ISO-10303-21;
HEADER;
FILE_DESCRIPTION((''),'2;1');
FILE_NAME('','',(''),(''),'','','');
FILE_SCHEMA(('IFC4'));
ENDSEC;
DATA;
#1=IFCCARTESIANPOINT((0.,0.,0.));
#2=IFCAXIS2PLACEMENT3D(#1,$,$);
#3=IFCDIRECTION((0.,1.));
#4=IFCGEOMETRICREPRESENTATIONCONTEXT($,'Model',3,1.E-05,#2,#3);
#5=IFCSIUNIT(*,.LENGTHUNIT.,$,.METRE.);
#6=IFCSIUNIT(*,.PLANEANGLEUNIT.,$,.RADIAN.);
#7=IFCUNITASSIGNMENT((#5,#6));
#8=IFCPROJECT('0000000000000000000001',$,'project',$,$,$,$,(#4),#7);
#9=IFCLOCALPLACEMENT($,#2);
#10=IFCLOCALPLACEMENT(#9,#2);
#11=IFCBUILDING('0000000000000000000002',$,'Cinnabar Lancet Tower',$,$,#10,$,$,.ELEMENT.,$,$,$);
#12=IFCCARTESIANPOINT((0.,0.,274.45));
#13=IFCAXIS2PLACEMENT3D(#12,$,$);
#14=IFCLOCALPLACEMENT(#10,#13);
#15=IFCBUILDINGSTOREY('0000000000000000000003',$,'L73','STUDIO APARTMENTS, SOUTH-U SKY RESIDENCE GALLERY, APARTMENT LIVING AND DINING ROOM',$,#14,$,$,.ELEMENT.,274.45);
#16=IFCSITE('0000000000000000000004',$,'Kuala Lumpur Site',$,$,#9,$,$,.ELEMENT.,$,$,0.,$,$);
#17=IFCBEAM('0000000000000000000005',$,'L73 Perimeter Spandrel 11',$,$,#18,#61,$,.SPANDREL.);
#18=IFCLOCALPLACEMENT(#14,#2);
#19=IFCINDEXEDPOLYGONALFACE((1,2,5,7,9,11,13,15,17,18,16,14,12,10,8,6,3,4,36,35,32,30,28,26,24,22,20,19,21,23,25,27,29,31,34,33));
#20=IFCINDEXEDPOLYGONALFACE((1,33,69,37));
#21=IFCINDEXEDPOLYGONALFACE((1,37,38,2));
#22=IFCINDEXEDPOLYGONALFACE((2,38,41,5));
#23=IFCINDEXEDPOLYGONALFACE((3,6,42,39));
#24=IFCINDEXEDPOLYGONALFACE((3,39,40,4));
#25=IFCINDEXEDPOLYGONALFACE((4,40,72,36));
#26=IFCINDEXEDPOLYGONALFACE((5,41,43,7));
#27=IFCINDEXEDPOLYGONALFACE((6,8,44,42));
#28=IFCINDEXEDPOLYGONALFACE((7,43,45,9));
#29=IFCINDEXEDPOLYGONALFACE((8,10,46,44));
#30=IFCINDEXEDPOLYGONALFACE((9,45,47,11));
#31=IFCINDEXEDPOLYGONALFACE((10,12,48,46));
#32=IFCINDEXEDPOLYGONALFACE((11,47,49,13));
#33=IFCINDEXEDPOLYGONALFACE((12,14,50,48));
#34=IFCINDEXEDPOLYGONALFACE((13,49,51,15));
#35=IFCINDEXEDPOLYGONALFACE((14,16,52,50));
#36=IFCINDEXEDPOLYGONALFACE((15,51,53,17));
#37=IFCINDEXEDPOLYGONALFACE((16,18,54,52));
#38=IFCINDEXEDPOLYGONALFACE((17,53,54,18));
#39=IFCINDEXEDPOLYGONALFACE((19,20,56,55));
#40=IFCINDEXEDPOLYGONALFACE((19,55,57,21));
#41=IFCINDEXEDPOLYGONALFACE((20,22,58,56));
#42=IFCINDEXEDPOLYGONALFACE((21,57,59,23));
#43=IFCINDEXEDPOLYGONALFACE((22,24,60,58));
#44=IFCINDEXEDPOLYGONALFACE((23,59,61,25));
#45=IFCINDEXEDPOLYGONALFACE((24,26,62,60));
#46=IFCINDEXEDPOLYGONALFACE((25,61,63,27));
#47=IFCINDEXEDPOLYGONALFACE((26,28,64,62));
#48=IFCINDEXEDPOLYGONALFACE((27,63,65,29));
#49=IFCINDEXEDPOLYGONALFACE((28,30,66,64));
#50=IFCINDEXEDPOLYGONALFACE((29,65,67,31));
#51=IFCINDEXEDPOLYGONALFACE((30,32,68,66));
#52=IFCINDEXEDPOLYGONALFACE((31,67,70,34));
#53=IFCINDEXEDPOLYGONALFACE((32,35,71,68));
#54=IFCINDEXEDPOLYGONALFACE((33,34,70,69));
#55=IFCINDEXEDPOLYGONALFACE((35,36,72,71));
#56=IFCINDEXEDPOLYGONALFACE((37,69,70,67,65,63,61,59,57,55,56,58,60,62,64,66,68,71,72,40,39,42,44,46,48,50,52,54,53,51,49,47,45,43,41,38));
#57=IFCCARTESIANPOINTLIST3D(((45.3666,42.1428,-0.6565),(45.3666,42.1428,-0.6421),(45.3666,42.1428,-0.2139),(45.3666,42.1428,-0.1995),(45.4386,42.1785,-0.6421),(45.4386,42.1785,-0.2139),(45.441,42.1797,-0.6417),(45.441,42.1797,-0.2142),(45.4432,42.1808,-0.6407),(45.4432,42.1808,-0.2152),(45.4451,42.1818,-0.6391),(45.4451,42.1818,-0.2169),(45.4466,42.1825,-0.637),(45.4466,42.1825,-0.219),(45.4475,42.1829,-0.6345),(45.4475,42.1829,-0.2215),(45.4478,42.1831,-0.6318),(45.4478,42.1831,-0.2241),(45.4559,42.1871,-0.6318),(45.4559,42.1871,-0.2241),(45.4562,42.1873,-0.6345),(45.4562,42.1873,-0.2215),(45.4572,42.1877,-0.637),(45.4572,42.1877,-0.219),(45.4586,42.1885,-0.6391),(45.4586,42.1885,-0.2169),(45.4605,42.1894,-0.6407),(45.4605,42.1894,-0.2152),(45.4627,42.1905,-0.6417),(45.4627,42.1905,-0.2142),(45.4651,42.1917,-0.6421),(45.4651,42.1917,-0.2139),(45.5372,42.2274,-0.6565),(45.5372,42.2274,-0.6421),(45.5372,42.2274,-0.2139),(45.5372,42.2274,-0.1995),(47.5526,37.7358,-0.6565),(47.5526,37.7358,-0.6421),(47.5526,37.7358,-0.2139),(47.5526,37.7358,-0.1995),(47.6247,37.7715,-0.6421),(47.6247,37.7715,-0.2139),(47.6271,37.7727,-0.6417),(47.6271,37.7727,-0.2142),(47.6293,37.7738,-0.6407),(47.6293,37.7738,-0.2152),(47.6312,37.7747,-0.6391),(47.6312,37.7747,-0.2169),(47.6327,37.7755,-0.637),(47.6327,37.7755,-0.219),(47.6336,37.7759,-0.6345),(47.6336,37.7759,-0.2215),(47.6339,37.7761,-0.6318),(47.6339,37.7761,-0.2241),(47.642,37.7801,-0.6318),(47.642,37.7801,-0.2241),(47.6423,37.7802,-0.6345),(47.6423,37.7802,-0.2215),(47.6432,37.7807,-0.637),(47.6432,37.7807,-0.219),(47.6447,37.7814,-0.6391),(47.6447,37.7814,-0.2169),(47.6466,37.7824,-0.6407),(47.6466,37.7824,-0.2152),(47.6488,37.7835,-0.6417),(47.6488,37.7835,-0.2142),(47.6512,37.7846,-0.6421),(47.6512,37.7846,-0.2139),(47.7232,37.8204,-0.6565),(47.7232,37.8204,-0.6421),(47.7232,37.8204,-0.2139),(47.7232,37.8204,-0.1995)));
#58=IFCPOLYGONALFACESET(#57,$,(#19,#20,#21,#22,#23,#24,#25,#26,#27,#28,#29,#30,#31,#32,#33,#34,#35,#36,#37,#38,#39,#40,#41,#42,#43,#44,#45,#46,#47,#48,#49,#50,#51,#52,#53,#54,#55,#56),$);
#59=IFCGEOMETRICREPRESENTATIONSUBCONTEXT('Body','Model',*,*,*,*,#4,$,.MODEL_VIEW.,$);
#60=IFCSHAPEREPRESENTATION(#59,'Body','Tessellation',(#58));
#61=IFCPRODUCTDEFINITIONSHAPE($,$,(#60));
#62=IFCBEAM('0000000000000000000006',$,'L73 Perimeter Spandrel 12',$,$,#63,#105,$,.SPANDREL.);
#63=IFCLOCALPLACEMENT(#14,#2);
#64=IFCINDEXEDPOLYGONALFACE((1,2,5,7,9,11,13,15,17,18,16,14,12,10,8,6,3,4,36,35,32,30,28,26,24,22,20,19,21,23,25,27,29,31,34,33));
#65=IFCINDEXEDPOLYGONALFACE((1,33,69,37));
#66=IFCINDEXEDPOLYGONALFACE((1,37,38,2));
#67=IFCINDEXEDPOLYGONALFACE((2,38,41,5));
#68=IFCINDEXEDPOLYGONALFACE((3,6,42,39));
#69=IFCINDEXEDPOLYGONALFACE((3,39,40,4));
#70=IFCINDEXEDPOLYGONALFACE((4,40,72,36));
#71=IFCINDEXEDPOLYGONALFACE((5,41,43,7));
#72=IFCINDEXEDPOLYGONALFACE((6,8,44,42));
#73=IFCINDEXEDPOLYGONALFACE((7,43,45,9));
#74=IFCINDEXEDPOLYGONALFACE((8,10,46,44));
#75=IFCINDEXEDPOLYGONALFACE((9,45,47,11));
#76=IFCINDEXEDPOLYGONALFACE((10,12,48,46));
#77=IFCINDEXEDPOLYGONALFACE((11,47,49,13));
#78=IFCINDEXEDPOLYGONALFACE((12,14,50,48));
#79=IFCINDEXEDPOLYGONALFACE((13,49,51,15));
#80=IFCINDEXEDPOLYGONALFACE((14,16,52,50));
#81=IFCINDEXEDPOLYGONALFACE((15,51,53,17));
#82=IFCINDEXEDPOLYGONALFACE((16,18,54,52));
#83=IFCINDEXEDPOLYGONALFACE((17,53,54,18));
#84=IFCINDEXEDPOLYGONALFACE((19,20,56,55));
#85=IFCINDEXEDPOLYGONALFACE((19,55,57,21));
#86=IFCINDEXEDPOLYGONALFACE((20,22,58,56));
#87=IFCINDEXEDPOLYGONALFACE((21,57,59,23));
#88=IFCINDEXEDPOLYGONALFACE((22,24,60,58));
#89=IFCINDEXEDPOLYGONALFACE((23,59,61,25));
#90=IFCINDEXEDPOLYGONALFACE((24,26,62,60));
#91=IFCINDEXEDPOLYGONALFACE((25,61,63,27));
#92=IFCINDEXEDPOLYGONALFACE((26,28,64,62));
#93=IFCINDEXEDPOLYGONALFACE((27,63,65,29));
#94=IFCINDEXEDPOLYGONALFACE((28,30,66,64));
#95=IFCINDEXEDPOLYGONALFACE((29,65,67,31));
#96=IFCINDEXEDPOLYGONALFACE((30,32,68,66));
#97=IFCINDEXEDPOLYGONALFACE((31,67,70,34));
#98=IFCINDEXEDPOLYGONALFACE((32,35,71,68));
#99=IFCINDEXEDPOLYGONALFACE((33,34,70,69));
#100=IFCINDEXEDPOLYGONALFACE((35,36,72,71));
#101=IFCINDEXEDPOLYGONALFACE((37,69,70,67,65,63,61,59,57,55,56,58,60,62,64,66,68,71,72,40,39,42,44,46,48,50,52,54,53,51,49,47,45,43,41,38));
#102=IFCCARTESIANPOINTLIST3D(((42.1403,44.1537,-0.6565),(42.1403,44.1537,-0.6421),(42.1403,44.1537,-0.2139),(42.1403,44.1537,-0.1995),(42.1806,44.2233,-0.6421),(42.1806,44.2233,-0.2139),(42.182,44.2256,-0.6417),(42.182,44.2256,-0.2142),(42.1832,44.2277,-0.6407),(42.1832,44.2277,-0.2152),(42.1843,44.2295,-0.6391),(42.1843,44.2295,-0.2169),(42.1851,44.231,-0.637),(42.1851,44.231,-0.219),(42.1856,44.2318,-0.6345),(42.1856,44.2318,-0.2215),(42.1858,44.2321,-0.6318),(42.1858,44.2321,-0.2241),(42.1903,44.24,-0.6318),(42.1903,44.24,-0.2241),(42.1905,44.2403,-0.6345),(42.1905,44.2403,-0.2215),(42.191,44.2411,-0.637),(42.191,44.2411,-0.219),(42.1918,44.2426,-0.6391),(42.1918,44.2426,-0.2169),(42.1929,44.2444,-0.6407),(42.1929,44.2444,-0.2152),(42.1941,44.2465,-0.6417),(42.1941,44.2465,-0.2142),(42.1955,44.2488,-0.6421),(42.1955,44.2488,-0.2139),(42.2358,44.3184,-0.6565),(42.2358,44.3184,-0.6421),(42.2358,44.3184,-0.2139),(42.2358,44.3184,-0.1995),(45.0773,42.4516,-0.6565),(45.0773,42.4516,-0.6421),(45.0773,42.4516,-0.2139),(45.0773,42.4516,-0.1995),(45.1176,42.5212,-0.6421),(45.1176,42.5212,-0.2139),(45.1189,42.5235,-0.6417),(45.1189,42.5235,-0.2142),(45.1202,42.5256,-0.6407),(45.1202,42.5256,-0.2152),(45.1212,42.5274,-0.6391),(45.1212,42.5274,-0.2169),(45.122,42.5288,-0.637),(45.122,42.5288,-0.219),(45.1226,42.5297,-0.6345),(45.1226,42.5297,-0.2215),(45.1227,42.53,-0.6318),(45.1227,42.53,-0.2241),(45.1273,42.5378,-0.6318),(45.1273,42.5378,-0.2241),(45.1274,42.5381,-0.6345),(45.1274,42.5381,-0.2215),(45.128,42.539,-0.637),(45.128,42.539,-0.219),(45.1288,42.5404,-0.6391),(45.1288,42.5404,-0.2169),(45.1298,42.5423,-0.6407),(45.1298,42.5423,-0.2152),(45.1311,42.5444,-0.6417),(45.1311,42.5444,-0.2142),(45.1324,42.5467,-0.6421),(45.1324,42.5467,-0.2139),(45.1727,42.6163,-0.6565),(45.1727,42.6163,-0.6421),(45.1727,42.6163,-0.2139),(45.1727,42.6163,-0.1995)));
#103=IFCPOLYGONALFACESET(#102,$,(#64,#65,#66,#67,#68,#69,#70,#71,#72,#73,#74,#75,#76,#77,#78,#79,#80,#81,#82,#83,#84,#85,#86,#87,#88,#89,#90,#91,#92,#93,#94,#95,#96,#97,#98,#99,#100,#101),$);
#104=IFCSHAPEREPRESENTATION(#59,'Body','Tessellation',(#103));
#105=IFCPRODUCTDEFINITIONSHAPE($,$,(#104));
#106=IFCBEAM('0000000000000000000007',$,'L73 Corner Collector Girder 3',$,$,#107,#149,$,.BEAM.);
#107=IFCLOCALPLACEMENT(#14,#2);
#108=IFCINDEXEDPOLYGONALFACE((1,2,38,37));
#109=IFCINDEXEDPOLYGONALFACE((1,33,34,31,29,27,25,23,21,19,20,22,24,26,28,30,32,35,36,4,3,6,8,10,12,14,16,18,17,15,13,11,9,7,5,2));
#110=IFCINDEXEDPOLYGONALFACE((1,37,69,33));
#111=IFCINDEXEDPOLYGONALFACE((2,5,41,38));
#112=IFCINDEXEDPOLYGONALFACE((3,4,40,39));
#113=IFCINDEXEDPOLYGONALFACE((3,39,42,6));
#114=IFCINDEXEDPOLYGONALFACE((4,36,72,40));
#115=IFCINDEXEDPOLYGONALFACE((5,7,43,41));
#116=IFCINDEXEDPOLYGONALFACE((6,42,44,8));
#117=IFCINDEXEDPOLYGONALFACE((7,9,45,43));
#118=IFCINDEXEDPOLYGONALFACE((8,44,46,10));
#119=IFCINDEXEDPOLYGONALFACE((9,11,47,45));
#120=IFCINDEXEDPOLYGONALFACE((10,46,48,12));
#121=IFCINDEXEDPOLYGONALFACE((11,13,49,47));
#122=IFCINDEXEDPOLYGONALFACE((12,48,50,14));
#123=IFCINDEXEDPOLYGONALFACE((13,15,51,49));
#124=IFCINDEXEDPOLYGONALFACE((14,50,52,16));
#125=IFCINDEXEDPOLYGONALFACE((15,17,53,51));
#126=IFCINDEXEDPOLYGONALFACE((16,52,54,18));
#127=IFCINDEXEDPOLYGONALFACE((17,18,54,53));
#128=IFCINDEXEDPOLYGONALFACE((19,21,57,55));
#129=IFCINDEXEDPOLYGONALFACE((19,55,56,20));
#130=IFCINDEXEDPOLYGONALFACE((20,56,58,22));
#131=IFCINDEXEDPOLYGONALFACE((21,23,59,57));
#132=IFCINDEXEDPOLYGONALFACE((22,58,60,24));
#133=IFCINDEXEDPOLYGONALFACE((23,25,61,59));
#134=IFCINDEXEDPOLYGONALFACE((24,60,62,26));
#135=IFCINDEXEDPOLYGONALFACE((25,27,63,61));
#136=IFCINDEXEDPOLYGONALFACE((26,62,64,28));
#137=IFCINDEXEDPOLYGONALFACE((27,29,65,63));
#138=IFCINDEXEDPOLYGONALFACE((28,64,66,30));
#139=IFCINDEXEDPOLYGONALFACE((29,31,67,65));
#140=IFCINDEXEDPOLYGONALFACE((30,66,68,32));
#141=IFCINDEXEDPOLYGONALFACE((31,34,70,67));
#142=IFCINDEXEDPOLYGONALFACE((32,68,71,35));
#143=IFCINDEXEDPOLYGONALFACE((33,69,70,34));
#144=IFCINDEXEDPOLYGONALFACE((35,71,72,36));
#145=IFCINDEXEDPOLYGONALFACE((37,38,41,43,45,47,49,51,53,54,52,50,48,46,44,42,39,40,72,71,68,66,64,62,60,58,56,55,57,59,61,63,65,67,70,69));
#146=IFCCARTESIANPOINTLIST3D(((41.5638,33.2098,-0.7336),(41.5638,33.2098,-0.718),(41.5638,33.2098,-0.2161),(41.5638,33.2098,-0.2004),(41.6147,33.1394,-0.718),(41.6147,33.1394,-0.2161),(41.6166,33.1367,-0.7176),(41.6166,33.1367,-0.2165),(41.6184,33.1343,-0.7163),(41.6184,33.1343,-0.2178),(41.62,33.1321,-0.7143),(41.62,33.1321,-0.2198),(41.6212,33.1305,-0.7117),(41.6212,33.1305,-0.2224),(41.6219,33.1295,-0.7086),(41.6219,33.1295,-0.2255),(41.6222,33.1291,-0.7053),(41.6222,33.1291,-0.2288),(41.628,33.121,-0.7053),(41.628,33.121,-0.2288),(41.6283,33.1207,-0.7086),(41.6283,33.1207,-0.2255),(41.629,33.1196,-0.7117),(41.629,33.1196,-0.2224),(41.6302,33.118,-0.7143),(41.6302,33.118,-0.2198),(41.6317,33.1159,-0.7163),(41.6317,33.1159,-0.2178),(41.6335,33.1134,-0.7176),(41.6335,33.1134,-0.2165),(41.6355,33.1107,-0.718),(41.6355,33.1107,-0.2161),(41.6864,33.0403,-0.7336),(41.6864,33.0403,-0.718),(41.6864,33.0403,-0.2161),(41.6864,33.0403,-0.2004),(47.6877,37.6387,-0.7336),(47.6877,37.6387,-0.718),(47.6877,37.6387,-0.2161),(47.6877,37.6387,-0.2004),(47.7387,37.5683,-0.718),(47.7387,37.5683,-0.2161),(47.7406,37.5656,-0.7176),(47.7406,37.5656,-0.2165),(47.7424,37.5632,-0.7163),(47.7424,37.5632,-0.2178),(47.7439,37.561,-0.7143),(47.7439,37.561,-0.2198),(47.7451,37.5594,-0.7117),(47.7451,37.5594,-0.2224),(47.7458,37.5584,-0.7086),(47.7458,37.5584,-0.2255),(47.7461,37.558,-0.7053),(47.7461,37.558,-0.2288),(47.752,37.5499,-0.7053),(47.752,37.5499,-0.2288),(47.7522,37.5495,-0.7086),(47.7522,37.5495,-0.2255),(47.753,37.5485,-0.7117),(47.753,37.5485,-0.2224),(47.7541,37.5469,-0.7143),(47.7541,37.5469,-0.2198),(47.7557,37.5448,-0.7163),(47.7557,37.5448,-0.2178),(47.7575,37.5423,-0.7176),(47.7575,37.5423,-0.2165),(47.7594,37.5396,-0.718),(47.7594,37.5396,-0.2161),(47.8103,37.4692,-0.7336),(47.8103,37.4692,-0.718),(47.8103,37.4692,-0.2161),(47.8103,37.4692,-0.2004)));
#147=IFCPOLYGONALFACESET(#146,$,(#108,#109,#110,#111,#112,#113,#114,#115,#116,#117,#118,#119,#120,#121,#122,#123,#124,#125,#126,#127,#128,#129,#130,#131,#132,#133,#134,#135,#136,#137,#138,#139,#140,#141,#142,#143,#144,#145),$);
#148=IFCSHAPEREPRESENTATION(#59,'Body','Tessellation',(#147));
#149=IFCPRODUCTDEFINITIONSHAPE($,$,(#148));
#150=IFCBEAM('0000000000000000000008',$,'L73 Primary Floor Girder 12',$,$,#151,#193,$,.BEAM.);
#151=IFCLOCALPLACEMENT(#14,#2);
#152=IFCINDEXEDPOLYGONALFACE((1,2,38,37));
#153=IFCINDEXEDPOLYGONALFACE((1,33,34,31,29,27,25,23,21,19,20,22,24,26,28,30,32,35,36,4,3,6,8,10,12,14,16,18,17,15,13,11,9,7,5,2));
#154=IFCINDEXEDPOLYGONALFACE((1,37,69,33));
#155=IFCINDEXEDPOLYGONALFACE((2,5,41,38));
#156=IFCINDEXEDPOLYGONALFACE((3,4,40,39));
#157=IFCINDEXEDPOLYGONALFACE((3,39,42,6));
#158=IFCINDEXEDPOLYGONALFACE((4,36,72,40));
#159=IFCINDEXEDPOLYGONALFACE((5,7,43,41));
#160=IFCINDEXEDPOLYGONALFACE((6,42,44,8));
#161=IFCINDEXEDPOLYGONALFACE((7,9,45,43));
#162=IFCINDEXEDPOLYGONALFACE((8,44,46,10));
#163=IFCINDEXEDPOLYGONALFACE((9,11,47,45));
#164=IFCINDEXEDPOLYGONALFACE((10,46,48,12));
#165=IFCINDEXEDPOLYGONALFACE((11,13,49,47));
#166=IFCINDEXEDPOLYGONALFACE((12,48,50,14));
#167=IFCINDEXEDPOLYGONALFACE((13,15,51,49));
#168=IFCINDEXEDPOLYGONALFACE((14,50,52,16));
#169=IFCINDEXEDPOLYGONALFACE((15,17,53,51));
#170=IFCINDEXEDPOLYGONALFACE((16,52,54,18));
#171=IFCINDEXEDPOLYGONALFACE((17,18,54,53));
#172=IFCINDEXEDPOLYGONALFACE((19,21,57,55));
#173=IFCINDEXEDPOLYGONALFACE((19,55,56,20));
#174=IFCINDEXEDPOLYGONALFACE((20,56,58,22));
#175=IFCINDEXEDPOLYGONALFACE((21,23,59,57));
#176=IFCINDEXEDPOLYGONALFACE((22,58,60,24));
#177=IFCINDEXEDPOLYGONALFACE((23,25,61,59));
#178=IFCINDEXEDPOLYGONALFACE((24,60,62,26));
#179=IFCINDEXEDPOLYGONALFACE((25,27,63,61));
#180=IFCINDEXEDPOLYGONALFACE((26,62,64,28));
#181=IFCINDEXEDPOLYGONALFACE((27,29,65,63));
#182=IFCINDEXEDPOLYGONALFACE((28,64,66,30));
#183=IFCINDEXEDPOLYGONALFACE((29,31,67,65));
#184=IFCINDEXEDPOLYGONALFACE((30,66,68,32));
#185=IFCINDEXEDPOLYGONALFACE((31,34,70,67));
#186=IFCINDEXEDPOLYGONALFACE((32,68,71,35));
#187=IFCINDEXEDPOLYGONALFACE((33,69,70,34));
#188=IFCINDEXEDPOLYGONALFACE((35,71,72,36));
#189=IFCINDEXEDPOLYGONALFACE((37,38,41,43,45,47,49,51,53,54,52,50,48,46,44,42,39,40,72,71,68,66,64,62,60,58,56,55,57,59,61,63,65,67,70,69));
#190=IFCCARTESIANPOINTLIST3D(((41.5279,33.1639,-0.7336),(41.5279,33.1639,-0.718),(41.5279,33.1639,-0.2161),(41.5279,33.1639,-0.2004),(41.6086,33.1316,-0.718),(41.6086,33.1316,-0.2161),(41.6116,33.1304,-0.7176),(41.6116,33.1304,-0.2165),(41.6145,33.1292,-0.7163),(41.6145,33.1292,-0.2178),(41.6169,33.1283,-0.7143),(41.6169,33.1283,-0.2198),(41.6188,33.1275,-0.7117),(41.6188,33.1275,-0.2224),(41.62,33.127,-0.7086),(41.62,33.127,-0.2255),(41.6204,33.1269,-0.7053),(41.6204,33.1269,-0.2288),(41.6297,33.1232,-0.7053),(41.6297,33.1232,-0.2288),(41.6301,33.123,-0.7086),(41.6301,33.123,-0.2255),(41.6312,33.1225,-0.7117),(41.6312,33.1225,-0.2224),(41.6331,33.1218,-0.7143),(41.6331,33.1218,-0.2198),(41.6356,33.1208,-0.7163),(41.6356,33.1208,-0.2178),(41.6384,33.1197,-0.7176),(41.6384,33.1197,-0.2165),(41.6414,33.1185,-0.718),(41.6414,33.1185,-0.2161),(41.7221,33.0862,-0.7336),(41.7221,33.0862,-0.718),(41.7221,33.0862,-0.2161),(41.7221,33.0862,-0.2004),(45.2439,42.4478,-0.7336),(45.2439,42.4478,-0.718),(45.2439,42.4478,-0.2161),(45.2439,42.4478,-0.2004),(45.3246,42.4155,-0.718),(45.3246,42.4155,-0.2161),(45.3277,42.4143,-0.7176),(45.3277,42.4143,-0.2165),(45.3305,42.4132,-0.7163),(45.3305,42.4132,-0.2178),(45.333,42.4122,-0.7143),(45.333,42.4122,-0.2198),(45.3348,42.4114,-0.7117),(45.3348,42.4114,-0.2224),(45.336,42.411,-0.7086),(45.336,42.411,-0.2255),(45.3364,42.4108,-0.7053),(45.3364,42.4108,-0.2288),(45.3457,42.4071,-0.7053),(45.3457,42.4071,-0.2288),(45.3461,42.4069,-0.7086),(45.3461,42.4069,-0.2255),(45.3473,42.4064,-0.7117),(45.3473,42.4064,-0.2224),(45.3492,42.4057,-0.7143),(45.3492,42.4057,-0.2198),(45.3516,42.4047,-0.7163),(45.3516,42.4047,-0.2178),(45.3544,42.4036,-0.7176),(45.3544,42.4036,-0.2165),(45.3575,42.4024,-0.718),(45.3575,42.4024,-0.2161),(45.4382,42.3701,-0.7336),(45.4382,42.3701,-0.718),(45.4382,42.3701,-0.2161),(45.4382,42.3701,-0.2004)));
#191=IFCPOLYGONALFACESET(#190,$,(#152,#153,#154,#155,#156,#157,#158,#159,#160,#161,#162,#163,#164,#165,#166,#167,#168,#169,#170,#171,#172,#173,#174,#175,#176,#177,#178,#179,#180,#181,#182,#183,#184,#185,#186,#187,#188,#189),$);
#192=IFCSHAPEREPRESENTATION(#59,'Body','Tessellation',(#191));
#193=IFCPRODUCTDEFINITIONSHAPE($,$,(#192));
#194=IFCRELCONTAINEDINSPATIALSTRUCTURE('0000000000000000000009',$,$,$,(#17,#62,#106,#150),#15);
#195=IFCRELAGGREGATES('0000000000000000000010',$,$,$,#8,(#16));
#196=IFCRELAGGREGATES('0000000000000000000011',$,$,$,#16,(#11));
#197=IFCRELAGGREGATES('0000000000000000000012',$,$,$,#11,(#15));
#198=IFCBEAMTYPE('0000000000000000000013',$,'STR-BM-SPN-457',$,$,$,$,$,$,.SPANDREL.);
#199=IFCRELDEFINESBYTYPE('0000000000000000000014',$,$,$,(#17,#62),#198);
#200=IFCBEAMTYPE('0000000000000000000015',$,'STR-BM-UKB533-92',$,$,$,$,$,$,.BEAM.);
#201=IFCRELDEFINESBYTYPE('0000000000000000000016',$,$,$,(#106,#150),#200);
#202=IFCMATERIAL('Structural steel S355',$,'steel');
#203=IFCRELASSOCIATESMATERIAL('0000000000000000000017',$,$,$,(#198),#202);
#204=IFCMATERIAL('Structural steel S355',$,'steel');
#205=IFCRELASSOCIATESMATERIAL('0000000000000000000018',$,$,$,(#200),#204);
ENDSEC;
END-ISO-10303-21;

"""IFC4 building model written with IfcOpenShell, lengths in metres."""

from ifc_helpers import new_model, si_unit, direction, frame, origin, origin_2d, place, context, subcontext, project, spatial, i_section, extrude, material, material_profile, profile_set, type_object, element, save


model = new_model("IFC4")

# Units and contexts
model_context = context("Model", 3, precision=1e-05, world=origin(), true_north=direction((0.0, 1.0)))
body_context = subcontext(model_context, "Body", "Model", "MODEL_VIEW")
ifc_project = project(units=[si_unit("LENGTHUNIT", "METRE"), si_unit("PLANEANGLEUNIT", "RADIAN")], contexts=[model_context])

# Site, building, storey
site_placement = place(None, origin())
site = spatial("IfcSite", under=ifc_project, at=site_placement, Name="Kuala Lumpur Site", CompositionType="ELEMENT", RefElevation=0.0)
building_placement = place(site_placement, origin())
building = spatial("IfcBuilding", under=site, at=building_placement, Name="Cinnabar Lancet Tower", CompositionType="ELEMENT")
storey_placement = place(building_placement, frame((0.0, 0.0, 274.45)))
storey = spatial("IfcBuildingStorey", under=building, at=storey_placement, Name="L73", Description="STUDIO APARTMENTS, SOUTH-U SKY RESIDENCE GALLERY, APARTMENT LIVING AND DINING ROOM", CompositionType="ELEMENT", Elevation=274.45)

# Beams
ifc_material_1 = material(Name="Structural steel S355", Category="steel")
ifc_material_profile_1 = material_profile(ifc_material_1, i_section(OverallWidth=0.1904, OverallDepth=0.457, WebThickness=0.009, FlangeThickness=0.0144, FilletRadius=0.0103, at=origin_2d()), Name="UKB 457x191x74")
ifc_profile_set_1 = profile_set([ifc_material_profile_1], Name="Structural steel S355")
beam_type_1 = type_object("IfcBeamType", Name="STR-BM-SPN-457", PredefinedType="SPANDREL", material=ifc_profile_set_1)
beam_1_placement = place(storey_placement, frame((47.6379, 37.7781, -0.428), z_axis=(-0.444373, 0.895842, 0.0), x_axis=(-0.895842, -0.444373, 0.0)))
element("IfcBeam", 1, at=beam_1_placement, inside=storey, type_object=beam_type_1, Name="L73 Perimeter Spandrel 11", PredefinedType="SPANDREL", context=body_context, shape_type="SweptSolid", body=[
    extrude(i_section(OverallWidth=0.1904, OverallDepth=0.457, WebThickness=0.009, FlangeThickness=0.0144, FilletRadius=0.0103, at=origin_2d()), origin(), (0.0, 0.0, 1.0), 4.9194),
])
beam_2_placement = place(storey_placement, frame((45.125, 42.5339, -0.428), z_axis=(-0.8652, 0.501427, 0.0), x_axis=(-0.501427, -0.8652, 0.0)))
element("IfcBeam", 2, at=beam_2_placement, inside=storey, type_object=beam_type_1, Name="L73 Perimeter Spandrel 12", PredefinedType="SPANDREL", context=body_context, shape_type="SweptSolid", body=[
    extrude(i_section(OverallWidth=0.1904, OverallDepth=0.457, WebThickness=0.009, FlangeThickness=0.0144, FilletRadius=0.0103, at=origin_2d()), origin(), (0.0, 0.0, 1.0), 3.3945),
])
ifc_material_2 = material(Name="Structural steel S355", Category="steel")
ifc_material_profile_2 = material_profile(ifc_material_2, i_section(OverallWidth=0.2092, OverallDepth=0.5332, WebThickness=0.01, FlangeThickness=0.0156, FilletRadius=0.0127, at=origin_2d()), Name="UKB 533x210x92")
ifc_profile_set_2 = profile_set([ifc_material_profile_2], Name="Structural steel S355")
beam_type_2 = type_object("IfcBeamType", Name="STR-BM-UKB533-92", PredefinedType="BEAM", material=ifc_profile_set_2)
beam_3_placement = place(storey_placement, frame((47.749, 37.554, -0.467), z_axis=(-0.810299, -0.586016, 0.0), x_axis=(0.586016, -0.810299, 0.0)))
element("IfcBeam", 3, at=beam_3_placement, inside=storey, type_object=beam_type_2, Name="L73 Corner Collector Girder 3", PredefinedType="BEAM", context=body_context, shape_type="SweptSolid", body=[
    extrude(i_section(OverallWidth=0.2092, OverallDepth=0.5332, WebThickness=0.01, FlangeThickness=0.0156, FilletRadius=0.0127, at=origin_2d()), origin(), (0.0, 0.0, 1.0), 7.5576),
])
beam_4_placement = place(storey_placement, frame((45.3411, 42.4089, -0.467), z_axis=(-0.371605, -0.928391, 0.0), x_axis=(0.928391, -0.371605, 0.0)))
element("IfcBeam", 4, at=beam_4_placement, inside=storey, type_object=beam_type_2, Name="L73 Primary Floor Girder 12", PredefinedType="BEAM", context=body_context, shape_type="SweptSolid", body=[
    extrude(i_section(OverallWidth=0.2092, OverallDepth=0.5332, WebThickness=0.01, FlangeThickness=0.0156, FilletRadius=0.0127, at=origin_2d()), origin(), (0.0, 0.0, 1.0), 10.0),
])

save(model, "model.ifc")
